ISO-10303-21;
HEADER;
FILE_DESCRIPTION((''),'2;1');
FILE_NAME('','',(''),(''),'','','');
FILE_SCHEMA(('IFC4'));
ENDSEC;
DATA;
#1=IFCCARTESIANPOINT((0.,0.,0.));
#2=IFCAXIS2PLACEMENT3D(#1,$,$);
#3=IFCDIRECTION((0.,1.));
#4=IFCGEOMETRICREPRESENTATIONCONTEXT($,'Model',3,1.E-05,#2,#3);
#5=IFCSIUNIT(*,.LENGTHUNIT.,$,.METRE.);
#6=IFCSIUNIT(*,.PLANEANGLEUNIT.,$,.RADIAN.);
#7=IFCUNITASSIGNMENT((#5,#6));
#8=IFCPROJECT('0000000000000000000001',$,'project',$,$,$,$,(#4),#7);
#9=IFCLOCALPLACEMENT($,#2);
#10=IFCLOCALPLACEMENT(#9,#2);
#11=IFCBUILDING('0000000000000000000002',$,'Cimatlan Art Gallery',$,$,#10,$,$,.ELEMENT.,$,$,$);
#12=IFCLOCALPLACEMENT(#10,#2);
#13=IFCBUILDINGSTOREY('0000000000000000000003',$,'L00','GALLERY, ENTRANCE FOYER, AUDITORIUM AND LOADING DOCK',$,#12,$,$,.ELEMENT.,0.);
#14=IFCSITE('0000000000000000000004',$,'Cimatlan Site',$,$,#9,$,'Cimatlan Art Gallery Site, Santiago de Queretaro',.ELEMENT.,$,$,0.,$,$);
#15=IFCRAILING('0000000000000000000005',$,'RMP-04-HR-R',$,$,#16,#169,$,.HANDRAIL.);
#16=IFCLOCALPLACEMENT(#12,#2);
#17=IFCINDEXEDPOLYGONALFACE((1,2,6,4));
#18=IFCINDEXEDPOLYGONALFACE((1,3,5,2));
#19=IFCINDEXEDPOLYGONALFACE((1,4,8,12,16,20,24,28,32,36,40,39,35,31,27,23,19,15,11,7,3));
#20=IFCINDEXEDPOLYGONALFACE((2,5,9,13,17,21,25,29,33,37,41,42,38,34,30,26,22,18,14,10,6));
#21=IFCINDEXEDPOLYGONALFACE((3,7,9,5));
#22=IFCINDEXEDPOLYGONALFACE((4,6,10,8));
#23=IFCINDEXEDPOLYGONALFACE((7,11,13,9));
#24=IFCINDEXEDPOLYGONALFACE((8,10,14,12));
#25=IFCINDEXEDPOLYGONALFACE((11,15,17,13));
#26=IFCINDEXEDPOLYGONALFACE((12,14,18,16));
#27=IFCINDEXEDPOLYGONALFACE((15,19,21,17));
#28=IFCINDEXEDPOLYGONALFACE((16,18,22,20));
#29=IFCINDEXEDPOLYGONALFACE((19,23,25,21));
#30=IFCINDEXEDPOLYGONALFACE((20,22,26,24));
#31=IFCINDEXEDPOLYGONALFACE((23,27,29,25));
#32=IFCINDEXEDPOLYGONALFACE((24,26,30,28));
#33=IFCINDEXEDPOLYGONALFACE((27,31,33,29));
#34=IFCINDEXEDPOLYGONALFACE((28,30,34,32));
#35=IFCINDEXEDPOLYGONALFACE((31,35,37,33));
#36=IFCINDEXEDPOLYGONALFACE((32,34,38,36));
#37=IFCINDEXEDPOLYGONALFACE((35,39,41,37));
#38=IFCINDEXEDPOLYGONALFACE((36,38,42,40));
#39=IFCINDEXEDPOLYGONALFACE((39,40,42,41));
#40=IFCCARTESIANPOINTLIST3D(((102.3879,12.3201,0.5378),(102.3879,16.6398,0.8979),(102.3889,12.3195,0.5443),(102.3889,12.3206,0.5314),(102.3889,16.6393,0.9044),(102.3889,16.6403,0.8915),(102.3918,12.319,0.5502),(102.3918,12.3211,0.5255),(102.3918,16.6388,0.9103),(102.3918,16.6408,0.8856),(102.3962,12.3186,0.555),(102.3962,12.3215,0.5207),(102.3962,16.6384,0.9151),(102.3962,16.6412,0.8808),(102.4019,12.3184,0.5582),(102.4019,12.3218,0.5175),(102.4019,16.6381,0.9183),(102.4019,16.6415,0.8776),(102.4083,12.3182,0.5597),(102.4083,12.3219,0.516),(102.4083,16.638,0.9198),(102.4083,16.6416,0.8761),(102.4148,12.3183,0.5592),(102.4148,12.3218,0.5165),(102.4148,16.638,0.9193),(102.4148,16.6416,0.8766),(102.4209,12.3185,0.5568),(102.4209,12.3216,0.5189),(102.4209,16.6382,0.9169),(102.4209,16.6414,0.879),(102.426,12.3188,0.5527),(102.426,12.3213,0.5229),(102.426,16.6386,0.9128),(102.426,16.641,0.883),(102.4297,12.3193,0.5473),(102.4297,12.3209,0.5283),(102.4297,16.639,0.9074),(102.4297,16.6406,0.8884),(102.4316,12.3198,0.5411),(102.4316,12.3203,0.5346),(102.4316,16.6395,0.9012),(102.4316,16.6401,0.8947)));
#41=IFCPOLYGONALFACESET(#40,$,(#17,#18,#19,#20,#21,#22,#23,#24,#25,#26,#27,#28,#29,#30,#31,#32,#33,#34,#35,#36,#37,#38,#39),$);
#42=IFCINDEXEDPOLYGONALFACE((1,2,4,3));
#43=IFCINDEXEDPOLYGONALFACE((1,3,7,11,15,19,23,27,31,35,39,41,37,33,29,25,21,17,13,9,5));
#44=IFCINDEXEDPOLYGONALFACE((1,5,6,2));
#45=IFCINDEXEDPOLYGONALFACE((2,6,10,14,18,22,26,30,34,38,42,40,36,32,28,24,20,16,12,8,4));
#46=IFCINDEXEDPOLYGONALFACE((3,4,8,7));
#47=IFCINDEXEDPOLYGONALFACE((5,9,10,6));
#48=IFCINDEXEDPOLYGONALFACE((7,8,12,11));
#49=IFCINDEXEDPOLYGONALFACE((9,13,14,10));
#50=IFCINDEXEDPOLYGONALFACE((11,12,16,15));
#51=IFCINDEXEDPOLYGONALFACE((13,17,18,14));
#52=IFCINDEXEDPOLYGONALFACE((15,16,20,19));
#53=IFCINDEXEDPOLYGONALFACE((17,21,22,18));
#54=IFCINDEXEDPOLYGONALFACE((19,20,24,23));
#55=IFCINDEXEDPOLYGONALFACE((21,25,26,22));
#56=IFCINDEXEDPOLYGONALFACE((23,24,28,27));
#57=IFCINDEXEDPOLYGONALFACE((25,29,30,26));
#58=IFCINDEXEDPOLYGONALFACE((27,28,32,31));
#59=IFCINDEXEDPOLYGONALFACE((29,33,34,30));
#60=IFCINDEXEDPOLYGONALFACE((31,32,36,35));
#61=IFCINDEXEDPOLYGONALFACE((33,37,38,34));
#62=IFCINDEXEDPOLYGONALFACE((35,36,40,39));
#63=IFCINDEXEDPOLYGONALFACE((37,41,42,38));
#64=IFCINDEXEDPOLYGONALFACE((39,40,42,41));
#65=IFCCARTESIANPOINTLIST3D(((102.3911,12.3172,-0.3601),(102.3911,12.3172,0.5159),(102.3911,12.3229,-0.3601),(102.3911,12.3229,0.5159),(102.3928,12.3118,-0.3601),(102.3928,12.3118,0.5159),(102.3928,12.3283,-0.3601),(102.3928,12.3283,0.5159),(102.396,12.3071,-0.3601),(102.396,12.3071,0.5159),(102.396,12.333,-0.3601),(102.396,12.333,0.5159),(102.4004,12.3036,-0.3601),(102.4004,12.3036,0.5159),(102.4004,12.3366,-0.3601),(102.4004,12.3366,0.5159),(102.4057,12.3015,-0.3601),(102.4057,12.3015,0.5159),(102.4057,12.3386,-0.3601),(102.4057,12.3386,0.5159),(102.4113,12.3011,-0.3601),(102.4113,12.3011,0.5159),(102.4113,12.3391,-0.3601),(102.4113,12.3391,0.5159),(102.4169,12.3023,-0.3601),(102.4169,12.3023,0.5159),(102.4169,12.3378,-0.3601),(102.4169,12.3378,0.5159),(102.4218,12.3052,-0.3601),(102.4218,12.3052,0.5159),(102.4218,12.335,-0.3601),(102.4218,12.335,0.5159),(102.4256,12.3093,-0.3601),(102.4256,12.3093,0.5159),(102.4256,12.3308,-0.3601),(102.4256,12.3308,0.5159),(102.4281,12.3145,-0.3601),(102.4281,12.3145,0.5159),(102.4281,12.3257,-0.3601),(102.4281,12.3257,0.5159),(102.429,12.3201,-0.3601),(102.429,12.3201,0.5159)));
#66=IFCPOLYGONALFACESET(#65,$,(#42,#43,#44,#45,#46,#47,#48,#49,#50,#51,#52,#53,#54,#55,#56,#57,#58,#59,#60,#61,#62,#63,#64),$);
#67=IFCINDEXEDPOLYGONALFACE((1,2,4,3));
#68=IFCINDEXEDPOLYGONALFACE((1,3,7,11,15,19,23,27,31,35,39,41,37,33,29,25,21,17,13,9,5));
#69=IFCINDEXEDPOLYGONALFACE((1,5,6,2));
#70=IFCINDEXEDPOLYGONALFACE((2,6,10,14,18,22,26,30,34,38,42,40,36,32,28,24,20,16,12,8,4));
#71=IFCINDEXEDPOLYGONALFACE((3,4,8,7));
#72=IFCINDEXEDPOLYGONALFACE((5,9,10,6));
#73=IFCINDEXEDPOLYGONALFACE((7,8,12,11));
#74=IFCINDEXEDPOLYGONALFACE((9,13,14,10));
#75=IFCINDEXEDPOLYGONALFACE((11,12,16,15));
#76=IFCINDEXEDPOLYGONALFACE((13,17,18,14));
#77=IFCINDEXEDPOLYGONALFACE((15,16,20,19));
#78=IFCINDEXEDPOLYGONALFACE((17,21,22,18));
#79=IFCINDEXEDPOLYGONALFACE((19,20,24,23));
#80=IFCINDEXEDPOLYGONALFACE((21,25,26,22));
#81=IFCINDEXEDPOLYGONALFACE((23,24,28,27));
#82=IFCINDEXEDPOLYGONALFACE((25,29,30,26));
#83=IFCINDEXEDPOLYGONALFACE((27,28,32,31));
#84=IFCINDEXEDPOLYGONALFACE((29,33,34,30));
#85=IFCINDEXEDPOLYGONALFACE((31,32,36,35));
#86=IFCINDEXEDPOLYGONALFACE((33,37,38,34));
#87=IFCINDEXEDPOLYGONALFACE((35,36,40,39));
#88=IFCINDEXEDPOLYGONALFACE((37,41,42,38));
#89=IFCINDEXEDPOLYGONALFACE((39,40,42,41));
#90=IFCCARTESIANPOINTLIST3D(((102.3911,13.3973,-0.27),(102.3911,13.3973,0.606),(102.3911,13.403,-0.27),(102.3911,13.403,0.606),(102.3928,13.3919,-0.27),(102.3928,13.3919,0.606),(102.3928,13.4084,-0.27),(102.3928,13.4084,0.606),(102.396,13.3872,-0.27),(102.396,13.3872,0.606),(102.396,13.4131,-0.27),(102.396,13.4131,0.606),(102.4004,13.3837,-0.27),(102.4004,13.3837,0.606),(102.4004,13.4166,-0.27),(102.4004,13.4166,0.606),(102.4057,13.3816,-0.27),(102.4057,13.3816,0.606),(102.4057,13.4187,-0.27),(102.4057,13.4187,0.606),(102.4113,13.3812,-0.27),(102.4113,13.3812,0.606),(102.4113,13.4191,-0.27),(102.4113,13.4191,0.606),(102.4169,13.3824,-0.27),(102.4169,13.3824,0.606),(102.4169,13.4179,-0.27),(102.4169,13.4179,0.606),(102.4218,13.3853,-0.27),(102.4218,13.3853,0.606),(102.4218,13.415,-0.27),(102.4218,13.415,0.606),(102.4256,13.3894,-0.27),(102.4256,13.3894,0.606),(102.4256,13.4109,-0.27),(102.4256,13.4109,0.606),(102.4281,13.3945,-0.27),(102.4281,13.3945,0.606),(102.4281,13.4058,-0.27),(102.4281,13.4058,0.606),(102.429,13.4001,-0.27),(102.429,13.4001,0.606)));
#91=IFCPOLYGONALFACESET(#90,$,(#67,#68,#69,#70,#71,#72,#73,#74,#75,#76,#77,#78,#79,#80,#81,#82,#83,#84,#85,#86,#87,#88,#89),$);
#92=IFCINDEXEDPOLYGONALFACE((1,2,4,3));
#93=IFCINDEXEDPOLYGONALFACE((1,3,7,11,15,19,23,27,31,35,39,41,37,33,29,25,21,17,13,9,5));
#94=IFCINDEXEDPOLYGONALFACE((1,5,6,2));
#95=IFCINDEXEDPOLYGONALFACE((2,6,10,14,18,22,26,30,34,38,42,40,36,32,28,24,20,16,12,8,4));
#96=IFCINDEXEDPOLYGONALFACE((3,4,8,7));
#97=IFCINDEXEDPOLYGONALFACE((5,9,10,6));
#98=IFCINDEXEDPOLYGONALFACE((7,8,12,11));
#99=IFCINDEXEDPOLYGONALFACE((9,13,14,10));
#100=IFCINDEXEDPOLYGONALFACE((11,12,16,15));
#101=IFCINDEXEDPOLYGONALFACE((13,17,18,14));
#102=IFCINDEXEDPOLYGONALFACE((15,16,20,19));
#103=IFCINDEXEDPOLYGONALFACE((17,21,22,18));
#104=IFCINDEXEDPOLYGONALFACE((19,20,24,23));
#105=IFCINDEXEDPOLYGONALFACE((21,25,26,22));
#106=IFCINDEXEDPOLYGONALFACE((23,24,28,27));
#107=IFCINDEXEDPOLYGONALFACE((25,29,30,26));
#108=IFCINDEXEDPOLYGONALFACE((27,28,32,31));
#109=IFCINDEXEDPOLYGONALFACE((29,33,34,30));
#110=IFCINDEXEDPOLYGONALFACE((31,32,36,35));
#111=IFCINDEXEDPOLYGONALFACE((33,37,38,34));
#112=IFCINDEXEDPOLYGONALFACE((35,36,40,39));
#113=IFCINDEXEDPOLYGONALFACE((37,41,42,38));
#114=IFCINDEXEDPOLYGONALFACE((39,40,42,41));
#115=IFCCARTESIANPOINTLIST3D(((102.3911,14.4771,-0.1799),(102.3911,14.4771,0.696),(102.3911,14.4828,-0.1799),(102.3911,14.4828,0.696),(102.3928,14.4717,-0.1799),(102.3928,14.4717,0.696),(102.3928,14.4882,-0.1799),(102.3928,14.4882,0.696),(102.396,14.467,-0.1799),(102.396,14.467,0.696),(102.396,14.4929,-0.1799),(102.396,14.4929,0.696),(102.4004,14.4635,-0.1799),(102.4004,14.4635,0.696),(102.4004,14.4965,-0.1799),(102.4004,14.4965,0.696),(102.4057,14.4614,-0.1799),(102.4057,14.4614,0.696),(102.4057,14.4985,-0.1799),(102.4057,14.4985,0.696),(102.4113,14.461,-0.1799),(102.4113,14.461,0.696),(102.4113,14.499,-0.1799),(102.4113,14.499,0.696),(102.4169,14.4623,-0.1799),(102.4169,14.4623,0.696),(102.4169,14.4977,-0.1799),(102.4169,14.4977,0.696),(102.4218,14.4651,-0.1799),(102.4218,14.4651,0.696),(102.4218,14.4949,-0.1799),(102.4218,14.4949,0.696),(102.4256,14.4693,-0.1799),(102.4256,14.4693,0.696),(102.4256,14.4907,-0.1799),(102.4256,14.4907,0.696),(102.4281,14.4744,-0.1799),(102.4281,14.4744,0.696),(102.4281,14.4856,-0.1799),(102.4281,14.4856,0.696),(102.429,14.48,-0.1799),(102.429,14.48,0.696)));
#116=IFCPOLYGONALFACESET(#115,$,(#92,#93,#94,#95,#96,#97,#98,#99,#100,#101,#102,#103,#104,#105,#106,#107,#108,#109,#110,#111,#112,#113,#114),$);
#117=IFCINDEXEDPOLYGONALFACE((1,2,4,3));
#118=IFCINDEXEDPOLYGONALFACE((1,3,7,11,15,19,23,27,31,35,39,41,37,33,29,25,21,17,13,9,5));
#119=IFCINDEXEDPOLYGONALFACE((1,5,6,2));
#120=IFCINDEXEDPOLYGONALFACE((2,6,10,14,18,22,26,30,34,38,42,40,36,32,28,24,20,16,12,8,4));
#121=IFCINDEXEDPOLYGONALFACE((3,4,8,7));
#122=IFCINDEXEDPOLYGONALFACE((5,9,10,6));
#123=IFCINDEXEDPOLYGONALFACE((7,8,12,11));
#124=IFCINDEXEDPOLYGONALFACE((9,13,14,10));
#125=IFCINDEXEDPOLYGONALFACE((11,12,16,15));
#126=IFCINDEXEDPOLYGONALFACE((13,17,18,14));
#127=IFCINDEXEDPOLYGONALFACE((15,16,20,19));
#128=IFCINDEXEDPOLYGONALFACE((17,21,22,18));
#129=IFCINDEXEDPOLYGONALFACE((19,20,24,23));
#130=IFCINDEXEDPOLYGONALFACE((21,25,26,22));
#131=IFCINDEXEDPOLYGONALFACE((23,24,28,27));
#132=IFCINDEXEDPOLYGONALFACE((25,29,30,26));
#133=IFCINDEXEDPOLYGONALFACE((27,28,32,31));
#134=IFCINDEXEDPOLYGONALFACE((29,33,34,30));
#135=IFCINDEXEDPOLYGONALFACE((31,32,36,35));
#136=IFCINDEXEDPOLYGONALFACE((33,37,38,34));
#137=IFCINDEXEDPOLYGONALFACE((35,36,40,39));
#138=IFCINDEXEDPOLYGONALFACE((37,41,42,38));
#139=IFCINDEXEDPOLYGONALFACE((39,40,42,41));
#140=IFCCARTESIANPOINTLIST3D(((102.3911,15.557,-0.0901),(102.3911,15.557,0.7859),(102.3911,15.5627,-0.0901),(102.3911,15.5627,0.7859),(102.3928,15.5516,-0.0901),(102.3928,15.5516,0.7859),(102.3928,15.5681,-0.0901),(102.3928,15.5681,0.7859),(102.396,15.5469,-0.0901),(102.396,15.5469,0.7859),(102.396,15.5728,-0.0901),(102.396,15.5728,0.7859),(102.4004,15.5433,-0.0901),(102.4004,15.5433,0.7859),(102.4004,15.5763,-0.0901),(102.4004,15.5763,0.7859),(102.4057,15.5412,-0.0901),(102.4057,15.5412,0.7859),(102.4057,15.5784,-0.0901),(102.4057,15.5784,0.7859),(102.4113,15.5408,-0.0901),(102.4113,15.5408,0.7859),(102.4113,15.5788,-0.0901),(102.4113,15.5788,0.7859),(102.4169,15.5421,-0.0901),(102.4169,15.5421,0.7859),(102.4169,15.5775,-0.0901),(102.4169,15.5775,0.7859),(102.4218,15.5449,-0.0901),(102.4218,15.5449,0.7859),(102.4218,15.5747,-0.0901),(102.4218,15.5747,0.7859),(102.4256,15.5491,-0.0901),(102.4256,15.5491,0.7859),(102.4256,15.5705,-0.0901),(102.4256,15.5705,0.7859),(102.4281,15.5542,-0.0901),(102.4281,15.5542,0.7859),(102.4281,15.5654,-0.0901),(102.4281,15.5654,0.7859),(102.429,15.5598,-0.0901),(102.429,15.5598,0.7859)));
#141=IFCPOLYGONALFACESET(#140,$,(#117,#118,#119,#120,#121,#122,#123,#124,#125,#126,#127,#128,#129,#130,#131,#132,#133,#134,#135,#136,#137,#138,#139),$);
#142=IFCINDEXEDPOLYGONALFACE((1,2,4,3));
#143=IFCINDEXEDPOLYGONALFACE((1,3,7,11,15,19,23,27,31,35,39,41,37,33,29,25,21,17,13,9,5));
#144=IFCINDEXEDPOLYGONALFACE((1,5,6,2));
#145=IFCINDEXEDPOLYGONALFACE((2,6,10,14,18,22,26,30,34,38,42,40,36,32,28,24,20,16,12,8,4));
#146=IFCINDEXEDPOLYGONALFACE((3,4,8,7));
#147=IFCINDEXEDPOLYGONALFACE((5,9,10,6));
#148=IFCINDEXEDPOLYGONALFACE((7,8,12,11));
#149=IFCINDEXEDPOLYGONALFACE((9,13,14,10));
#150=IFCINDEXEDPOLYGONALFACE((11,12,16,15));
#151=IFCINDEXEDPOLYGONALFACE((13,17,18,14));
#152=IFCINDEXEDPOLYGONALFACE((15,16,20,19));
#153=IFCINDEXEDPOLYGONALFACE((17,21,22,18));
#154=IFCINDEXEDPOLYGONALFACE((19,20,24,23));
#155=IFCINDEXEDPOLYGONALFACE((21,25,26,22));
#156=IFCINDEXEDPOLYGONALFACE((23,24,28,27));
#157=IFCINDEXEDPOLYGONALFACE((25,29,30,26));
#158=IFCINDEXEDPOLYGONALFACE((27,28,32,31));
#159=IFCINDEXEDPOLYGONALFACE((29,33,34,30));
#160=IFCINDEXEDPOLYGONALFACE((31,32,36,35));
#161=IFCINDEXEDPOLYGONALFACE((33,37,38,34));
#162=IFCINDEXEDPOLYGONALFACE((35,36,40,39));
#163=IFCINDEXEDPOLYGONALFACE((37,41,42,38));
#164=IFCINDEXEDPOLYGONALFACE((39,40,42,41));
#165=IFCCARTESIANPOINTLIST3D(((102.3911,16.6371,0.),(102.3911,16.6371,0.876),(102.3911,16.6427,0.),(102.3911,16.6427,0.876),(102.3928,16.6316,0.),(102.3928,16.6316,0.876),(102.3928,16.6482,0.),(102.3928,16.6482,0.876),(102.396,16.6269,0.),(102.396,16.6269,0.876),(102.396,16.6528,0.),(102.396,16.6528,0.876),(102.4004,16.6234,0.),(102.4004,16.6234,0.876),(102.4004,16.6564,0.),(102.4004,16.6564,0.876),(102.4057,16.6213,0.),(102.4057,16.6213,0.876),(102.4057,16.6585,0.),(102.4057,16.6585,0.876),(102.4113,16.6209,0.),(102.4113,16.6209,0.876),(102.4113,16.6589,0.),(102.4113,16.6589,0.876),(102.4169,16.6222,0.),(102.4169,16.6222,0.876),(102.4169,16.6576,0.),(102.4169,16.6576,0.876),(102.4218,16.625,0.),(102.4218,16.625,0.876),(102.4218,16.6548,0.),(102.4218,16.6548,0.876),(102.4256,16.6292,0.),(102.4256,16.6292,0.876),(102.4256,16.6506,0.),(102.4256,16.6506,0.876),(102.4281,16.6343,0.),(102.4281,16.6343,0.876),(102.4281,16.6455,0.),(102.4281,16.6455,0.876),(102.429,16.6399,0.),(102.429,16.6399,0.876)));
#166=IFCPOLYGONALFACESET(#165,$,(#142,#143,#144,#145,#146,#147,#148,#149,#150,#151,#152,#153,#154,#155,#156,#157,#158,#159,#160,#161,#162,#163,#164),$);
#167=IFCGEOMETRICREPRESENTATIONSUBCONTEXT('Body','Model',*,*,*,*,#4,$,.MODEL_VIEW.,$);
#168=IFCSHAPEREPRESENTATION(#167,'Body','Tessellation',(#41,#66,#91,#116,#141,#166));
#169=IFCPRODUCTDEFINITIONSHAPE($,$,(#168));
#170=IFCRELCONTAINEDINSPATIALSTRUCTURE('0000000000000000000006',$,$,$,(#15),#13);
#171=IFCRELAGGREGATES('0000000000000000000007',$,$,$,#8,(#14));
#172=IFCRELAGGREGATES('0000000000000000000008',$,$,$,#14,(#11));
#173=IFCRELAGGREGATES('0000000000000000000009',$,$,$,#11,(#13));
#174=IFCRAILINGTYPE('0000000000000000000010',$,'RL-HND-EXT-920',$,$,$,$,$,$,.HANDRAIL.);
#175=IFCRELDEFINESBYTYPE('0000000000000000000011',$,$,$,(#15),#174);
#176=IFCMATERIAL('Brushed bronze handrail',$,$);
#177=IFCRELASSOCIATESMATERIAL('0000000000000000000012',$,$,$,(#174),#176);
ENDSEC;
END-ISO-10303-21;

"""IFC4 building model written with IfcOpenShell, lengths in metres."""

from ifc_helpers import new_model, si_unit, direction, frame, origin, origin_2d, place, context, subcontext, project, spatial, circle, extrude, material, type_object, element, save


model = new_model("IFC4")

# Units and contexts
model_context = context("Model", 3, precision=1e-05, world=origin(), true_north=direction((0.0, 1.0)))
body_context = subcontext(model_context, "Body", "Model", "MODEL_VIEW")
ifc_project = project(units=[si_unit("LENGTHUNIT", "METRE"), si_unit("PLANEANGLEUNIT", "RADIAN")], contexts=[model_context])

# Site, building, storey
site_placement = place(None, origin())
site = spatial("IfcSite", under=ifc_project, at=site_placement, Name="Cimatlan Site", LongName="Cimatlan Art Gallery Site, Santiago de Queretaro", CompositionType="ELEMENT", RefElevation=0.0)
building_placement = place(site_placement, origin())
building = spatial("IfcBuilding", under=site, at=building_placement, Name="Cimatlan Art Gallery", CompositionType="ELEMENT")
storey_placement = place(building_placement, origin())
storey = spatial("IfcBuildingStorey", under=building, at=storey_placement, Name="L00", Description="GALLERY, ENTRANCE FOYER, AUDITORIUM AND LOADING DOCK", CompositionType="ELEMENT", Elevation=0.0)

# Railing
ifc_material_1 = material(Name="Brushed bronze handrail")
railing_type = type_object("IfcRailingType", Name="RL-HND-EXT-920", PredefinedType="HANDRAIL", material=ifc_material_1)
for number, where, name in (
    (1, (102.4099, 12.3201, -0.3601), "RMP-04-HR-R"),
):
    element("IfcRailing", number, at=place(storey_placement, frame(where)), inside=storey, type_object=railing_type, Name=name, PredefinedType="HANDRAIL", context=body_context, shape_type="SweptSolid", body=[
        extrude(circle(Radius=0.022, at=origin_2d()), frame((0.0, 0.0, 0.8979), z_axis=(0.0, 0.996543, 0.083073), x_axis=(-1.0, 0.0, 0.0)), (0.0, 0.0, 1.0), 4.3347),
        extrude(circle(Radius=0.019, at=origin_2d()), origin(), (0.0, 0.0, 1.0), 0.876),
        extrude(circle(Radius=0.019, at=origin_2d()), frame((0.0, 1.0801, 0.0901)), (0.0, 0.0, 1.0), 0.876),
        extrude(circle(Radius=0.019, at=origin_2d()), frame((0.0, 2.1599, 0.1802)), (0.0, 0.0, 1.0), 0.876),
        extrude(circle(Radius=0.019, at=origin_2d()), frame((0.0, 3.2397, 0.27)), (0.0, 0.0, 1.0), 0.876),
        extrude(circle(Radius=0.019, at=origin_2d()), frame((0.0, 4.3198, 0.3601)), (0.0, 0.0, 1.0), 0.876),
    ])

save(model, "model.ifc")
